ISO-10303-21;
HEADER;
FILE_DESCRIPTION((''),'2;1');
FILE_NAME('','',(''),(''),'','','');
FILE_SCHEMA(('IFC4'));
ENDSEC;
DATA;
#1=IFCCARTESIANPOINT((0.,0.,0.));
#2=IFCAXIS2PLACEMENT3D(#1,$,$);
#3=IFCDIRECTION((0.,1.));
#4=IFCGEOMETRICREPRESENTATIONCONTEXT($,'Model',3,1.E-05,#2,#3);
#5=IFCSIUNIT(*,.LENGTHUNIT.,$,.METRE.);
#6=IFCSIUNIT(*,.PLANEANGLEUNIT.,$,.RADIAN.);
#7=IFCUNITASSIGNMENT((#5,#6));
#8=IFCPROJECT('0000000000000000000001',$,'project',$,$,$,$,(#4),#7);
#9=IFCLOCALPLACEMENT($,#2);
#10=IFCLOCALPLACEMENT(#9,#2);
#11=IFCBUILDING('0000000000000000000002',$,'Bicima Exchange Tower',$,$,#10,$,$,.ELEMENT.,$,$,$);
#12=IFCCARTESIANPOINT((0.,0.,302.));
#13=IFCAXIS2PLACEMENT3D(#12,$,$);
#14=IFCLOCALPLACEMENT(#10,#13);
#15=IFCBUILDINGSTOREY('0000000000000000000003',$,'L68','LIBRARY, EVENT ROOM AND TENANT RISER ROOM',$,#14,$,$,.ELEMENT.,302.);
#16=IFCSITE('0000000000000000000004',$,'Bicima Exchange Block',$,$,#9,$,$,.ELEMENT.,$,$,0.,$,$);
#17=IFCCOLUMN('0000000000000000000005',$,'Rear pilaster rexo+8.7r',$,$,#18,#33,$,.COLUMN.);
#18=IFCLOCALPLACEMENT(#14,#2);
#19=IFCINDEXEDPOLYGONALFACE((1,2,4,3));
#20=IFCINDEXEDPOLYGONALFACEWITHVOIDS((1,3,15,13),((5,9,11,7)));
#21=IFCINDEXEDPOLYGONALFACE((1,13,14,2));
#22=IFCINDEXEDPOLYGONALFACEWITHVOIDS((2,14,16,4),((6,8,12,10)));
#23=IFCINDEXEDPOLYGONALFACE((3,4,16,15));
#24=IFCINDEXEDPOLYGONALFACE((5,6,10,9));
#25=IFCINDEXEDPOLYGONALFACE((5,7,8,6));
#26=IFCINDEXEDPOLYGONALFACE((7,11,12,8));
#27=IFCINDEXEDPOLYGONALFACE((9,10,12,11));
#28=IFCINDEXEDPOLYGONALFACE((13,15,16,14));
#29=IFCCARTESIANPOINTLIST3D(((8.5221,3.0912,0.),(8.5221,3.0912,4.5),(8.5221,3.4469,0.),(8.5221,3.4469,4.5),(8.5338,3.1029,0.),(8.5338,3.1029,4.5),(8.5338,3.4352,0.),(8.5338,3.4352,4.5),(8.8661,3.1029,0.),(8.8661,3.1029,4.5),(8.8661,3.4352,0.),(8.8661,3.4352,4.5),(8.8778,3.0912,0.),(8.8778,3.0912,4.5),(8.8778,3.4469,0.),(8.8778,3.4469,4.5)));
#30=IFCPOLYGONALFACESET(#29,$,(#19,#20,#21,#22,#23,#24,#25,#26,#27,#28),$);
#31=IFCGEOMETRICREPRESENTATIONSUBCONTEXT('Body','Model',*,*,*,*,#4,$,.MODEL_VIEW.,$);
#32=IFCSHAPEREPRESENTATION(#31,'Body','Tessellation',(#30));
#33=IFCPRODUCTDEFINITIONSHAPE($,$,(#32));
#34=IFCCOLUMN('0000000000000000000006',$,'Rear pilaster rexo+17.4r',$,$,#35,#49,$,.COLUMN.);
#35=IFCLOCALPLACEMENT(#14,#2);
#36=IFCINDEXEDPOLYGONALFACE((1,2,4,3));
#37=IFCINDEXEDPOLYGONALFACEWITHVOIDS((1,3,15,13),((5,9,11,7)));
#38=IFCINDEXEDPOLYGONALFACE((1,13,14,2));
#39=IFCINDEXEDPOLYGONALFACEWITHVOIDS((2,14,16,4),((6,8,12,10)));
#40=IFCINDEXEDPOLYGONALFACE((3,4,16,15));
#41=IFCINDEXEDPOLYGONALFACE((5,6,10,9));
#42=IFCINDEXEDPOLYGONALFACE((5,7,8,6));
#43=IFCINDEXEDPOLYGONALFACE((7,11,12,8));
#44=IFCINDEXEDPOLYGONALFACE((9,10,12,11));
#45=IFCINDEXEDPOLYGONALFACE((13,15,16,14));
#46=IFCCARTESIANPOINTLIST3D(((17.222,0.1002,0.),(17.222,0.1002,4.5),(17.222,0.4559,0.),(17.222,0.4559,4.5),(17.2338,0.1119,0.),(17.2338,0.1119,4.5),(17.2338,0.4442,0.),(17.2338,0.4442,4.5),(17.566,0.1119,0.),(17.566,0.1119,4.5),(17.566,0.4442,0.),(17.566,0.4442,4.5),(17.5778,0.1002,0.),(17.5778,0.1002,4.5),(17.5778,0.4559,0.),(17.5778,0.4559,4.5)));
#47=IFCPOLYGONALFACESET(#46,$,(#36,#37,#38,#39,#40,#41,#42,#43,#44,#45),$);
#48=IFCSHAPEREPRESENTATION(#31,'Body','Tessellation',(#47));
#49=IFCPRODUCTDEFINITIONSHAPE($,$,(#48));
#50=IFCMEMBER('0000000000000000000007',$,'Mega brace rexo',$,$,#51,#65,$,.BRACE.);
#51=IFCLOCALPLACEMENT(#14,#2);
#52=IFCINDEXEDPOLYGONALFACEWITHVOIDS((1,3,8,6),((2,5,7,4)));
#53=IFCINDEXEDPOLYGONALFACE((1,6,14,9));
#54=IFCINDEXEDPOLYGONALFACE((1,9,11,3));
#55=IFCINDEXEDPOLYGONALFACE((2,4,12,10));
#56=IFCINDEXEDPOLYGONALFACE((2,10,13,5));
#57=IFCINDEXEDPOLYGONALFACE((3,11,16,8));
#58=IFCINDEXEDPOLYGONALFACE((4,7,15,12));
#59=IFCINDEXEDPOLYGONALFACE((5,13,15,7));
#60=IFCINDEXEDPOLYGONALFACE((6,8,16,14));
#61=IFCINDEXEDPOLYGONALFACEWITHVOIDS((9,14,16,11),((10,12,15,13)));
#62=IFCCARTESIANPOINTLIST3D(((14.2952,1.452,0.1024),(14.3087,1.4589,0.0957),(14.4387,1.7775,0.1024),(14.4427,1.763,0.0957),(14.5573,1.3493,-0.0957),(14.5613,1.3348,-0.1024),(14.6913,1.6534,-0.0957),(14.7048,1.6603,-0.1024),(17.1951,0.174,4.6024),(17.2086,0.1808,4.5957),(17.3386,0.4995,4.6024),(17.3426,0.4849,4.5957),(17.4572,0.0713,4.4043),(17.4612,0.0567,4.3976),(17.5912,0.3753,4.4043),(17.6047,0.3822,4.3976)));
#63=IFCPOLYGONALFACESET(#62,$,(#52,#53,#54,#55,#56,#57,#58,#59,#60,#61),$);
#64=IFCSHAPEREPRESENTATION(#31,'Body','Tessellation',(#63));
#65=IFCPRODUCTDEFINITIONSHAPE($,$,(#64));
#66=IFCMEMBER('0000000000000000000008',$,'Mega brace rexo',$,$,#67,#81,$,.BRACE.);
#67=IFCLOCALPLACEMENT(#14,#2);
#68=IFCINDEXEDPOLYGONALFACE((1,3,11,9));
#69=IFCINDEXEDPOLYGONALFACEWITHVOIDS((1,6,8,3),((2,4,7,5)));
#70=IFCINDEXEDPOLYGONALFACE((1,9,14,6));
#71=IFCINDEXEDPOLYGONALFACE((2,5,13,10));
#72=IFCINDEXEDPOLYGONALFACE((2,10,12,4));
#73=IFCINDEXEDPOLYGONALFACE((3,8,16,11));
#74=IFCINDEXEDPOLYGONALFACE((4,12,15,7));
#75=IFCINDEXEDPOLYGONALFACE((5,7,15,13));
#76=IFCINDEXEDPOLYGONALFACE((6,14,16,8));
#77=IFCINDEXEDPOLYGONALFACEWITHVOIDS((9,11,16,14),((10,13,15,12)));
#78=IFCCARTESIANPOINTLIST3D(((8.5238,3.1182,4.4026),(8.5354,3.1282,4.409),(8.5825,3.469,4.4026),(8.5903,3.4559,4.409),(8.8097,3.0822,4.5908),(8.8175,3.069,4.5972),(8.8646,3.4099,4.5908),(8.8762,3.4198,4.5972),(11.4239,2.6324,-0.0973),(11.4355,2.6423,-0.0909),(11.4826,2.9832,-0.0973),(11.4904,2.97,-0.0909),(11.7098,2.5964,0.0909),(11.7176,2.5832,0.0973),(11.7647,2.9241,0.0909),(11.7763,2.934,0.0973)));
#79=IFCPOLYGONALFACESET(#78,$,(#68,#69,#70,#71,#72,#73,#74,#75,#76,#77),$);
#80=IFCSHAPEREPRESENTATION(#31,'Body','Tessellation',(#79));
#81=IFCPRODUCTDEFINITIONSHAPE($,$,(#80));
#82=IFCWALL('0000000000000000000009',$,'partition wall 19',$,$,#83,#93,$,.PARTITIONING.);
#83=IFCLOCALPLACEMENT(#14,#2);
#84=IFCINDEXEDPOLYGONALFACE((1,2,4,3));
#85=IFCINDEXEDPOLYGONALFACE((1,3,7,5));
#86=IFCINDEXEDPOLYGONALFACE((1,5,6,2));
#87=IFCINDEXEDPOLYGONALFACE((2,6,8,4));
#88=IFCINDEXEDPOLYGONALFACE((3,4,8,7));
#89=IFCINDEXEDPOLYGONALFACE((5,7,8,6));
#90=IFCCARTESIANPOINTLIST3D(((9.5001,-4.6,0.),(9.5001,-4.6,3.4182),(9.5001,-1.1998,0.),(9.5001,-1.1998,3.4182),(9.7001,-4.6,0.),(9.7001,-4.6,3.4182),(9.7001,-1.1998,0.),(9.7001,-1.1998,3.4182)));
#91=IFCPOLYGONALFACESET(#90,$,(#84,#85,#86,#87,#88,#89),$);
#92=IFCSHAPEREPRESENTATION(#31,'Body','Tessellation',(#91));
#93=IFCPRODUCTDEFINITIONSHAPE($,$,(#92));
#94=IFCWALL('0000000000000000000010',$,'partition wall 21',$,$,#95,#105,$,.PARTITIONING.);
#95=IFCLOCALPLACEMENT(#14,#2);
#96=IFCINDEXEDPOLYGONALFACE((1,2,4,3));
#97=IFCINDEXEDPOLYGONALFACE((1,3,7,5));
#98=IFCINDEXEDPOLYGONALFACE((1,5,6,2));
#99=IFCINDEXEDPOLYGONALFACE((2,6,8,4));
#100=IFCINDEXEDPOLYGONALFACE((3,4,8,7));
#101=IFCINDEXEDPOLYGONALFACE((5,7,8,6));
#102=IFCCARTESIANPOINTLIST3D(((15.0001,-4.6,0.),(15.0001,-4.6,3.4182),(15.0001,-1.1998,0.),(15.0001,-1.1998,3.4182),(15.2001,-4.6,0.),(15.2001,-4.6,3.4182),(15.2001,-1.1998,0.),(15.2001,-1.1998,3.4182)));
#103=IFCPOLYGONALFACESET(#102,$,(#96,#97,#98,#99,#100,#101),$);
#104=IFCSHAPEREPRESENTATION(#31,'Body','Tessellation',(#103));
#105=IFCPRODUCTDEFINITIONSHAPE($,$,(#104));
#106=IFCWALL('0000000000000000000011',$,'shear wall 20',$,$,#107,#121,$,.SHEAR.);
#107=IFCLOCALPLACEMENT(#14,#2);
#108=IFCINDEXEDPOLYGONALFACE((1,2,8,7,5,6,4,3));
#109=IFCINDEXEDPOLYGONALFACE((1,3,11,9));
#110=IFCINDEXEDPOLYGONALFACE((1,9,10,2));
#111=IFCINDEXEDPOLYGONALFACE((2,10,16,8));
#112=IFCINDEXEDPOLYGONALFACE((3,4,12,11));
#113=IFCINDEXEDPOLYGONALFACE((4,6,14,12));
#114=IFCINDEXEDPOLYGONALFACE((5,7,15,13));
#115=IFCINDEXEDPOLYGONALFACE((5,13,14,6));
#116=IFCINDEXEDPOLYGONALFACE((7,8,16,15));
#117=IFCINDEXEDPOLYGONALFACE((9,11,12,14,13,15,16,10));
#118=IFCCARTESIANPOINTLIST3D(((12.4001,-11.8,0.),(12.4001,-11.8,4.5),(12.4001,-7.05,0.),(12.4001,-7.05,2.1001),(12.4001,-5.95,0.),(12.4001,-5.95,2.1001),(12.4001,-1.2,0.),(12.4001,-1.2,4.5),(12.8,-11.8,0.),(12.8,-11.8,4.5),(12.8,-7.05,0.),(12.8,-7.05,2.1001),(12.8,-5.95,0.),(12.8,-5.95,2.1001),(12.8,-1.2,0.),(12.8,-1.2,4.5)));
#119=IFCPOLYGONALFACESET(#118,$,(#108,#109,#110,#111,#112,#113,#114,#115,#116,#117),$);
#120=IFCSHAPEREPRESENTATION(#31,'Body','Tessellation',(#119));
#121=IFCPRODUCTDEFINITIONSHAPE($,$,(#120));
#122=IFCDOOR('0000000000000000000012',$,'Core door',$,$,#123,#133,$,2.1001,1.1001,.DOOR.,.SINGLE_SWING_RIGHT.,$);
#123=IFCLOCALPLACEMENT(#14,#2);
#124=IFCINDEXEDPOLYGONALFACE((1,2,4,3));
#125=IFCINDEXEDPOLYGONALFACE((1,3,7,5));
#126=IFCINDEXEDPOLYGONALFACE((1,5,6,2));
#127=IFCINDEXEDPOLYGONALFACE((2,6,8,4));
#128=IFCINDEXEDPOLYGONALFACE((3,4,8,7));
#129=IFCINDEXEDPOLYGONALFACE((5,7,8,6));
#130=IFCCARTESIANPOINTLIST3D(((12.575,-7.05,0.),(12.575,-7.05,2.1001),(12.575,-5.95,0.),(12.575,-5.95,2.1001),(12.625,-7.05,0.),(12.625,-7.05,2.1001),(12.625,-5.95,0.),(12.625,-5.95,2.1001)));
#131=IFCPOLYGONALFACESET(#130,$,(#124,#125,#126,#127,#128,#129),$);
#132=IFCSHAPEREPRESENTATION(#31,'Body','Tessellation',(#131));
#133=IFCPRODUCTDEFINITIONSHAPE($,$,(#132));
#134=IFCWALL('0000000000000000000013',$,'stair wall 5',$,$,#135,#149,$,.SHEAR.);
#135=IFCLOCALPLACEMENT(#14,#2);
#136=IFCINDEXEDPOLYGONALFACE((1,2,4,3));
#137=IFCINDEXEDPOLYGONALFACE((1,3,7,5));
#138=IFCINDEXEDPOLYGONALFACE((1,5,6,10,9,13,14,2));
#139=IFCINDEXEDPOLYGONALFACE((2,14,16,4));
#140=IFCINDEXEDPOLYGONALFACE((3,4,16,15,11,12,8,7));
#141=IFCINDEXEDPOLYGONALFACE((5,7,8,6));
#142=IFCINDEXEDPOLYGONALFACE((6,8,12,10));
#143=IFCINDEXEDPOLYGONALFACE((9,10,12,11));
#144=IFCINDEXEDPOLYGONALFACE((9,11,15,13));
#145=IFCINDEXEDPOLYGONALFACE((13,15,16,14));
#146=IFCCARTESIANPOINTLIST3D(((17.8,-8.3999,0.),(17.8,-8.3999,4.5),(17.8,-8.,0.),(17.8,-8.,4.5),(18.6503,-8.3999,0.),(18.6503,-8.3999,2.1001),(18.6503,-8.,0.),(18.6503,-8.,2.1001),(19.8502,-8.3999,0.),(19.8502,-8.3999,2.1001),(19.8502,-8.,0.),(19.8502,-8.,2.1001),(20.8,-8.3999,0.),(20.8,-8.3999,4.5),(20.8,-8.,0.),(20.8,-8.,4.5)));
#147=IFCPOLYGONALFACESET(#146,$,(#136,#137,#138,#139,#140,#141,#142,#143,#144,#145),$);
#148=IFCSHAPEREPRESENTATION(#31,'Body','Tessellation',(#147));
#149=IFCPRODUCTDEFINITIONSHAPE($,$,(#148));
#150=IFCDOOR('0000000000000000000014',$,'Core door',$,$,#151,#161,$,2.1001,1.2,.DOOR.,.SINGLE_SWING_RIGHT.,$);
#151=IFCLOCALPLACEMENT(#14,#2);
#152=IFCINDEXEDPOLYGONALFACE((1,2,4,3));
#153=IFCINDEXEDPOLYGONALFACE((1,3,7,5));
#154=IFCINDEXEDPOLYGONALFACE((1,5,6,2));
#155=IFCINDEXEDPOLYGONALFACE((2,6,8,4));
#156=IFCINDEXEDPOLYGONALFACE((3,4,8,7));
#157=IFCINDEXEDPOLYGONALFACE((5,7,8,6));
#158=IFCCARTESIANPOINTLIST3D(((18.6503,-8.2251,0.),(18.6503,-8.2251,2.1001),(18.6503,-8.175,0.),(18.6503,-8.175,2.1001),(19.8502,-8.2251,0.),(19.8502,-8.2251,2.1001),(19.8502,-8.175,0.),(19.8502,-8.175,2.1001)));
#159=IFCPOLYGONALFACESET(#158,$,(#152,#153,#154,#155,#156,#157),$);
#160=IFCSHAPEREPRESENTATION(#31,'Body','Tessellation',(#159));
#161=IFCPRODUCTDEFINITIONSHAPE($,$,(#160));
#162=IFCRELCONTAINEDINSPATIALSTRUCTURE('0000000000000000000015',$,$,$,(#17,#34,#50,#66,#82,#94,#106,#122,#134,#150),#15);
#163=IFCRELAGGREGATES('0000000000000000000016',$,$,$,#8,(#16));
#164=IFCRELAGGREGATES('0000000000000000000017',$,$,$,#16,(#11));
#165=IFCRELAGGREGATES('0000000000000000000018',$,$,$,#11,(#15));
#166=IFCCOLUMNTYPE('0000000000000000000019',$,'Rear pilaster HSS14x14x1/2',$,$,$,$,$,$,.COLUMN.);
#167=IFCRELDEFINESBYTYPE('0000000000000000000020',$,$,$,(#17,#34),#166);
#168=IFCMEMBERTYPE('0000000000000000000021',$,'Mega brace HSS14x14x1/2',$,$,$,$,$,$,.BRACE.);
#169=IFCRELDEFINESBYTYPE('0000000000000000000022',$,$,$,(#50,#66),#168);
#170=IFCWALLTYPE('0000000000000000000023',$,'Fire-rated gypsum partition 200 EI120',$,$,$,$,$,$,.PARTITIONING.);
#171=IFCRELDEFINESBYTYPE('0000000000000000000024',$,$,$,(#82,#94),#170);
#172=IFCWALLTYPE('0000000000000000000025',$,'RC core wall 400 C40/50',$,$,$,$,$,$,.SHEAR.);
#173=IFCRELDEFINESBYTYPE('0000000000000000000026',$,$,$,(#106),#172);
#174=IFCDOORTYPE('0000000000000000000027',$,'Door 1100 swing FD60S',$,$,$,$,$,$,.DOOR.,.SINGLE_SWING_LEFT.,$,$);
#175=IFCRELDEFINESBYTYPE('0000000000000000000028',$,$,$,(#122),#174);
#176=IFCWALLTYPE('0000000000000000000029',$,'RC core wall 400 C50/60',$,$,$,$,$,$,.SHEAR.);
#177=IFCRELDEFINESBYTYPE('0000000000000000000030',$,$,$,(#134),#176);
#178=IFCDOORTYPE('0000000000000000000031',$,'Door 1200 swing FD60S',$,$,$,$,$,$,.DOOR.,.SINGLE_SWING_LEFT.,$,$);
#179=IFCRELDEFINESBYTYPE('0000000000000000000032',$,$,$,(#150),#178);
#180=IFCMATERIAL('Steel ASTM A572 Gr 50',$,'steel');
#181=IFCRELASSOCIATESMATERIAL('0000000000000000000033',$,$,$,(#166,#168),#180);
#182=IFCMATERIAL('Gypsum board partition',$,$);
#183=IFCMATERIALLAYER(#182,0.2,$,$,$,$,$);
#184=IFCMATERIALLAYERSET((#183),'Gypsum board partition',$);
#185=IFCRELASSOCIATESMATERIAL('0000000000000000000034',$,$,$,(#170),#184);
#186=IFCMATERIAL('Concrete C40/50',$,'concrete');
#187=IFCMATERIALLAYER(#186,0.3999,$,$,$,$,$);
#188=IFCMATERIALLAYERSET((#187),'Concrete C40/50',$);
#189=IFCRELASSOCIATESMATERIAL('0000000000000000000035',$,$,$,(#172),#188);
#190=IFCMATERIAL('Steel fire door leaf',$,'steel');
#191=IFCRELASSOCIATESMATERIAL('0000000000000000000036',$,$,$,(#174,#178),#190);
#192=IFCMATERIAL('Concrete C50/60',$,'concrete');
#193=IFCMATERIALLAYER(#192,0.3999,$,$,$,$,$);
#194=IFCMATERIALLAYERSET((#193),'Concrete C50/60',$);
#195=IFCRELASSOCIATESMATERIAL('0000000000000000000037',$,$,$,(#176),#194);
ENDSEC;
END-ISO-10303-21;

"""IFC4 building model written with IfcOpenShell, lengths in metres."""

from ifc_helpers import new_model, si_unit, direction, frame, frame_2d, origin, origin_2d, place, context, subcontext, project, spatial, rectangle, hollow_rectangle, extrude, material, layer, layer_set, material_profile, profile_set, type_object, element, fill, save


model = new_model("IFC4")

# Units and contexts
model_context = context("Model", 3, precision=1e-05, world=origin(), true_north=direction((0.0, 1.0)))
body_context = subcontext(model_context, "Body", "Model", "MODEL_VIEW")
ifc_project = project(units=[si_unit("LENGTHUNIT", "METRE"), si_unit("PLANEANGLEUNIT", "RADIAN")], contexts=[model_context])

# Site, building, storey
site_placement = place(None, origin())
site = spatial("IfcSite", under=ifc_project, at=site_placement, Name="Bicima Exchange Block", CompositionType="ELEMENT", RefElevation=0.0)
building_placement = place(site_placement, origin())
building = spatial("IfcBuilding", under=site, at=building_placement, Name="Bicima Exchange Tower", CompositionType="ELEMENT")
storey_placement = place(building_placement, frame((0.0, 0.0, 302.0)))
storey = spatial("IfcBuildingStorey", under=building, at=storey_placement, Name="L68", Description="LIBRARY, EVENT ROOM AND TENANT RISER ROOM", CompositionType="ELEMENT", Elevation=302.0)

# Columns
ifc_material_1 = material(Name="Steel ASTM A572 Gr 50", Category="steel")
ifc_material_profile = material_profile(ifc_material_1, hollow_rectangle(XDim=0.3557, YDim=0.3557, WallThickness=0.0117, at=origin_2d()))
ifc_profile_set = profile_set([ifc_material_profile], Name="Steel ASTM A572 Gr 50")
column_type = type_object("IfcColumnType", Name="Rear pilaster HSS14x14x1/2", PredefinedType="COLUMN", material=ifc_profile_set)
for number, where, z_axis, x_axis, name in (
    (1, (8.7, 3.269, 0.0), (0.0, 0.0, 1.0), (1.0, 0.0, 0.0), "Rear pilaster rexo+8.7r"),
    (2, (17.3999, 0.2781, 0.0), (0.0, 0.0, 1.0), (1.0, 0.0, 0.0), "Rear pilaster rexo+17.4r"),
):
    element("IfcColumn", number, at=place(storey_placement, frame(where, z_axis=z_axis, x_axis=x_axis)), inside=storey, type_object=column_type, Name=name, PredefinedType="COLUMN", context=body_context, shape_type="SweptSolid", body=[
        extrude(hollow_rectangle(XDim=0.3557, YDim=0.3557, WallThickness=0.0117, at=origin_2d()), origin(), (0.0, 0.0, 1.0), 4.5),
    ])

# Members
member_type = type_object("IfcMemberType", Name="Mega brace HSS14x14x1/2", PredefinedType="BRACE", material=ifc_profile_set)
member_1_placement = place(storey_placement, frame((14.5, 1.5562, 0.0), z_axis=(0.526881, -0.232213, 0.817602), x_axis=(0.403299, 0.915068, 0.0)))
element("IfcMember", 3, at=member_1_placement, inside=storey, type_object=member_type, Name="Mega brace rexo", PredefinedType="BRACE", context=body_context, shape_type="SweptSolid", body=[
    extrude(hollow_rectangle(XDim=0.3557, YDim=0.3557, WallThickness=0.0117, at=origin_2d()), origin(), (0.0, 0.0, 1.0), 5.5039),
])
member_2_placement = place(storey_placement, frame((11.6001, 2.7832, 0.0), z_axis=(-0.539504, 0.090379, 0.837119), x_axis=(-0.16522, -0.986257, 0.0)))
element("IfcMember", 4, at=member_2_placement, inside=storey, type_object=member_type, Name="Mega brace rexo", PredefinedType="BRACE", context=body_context, shape_type="SweptSolid", body=[
    extrude(hollow_rectangle(XDim=0.3557, YDim=0.3557, WallThickness=0.0117, at=origin_2d()), origin(), (0.0, 0.0, 1.0), 5.3755),
])

# Walls
ifc_material_2 = material(Name="Gypsum board partition")
ifc_layer_1 = layer(ifc_material_2, 0.2)
ifc_layer_set_1 = layer_set([ifc_layer_1], Name="Gypsum board partition")
wall_type_1 = type_object("IfcWallType", Name="Fire-rated gypsum partition 200 EI120", PredefinedType="PARTITIONING", material=ifc_layer_set_1)
for number, where, z_axis, x_axis, name in (
    (5, (9.6001, -4.6001, 0.0), (0.0, 0.0, 1.0), (0.0, 1.0, 0.0), "partition wall 19"),
    (6, (15.1001, -4.6001, 0.0), (0.0, 0.0, 1.0), (0.0, 1.0, 0.0), "partition wall 21"),
):
    element("IfcWall", number, at=place(storey_placement, frame(where, z_axis=z_axis, x_axis=x_axis)), inside=storey, type_object=wall_type_1, Name=name, PredefinedType="PARTITIONING", context=body_context, shape_type="SweptSolid", body=[
        extrude(rectangle(XDim=3.4001, YDim=0.2, at=frame_2d((1.7002, 0.0))), origin(), (0.0, 0.0, 1.0), 3.4182),
    ])

# Walls, openings, doors
ifc_material_3 = material(Name="Concrete C40/50", Category="concrete")
ifc_layer_2 = layer(ifc_material_3, 0.3999)
ifc_layer_set_2 = layer_set([ifc_layer_2], Name="Concrete C40/50")
wall_type_2 = type_object("IfcWallType", Name="RC core wall 400 C40/50", PredefinedType="SHEAR", material=ifc_layer_set_2)
wall_1_placement = place(storey_placement, frame((12.6001, -11.8, 0.0), z_axis=(0.0, 0.0, 1.0), x_axis=(0.0, 1.0, 0.0)))
wall_1 = element("IfcWall", 7, at=wall_1_placement, inside=storey, type_object=wall_type_2, Name="shear wall 20", PredefinedType="SHEAR", context=body_context, shape_type="SweptSolid", body=[
    extrude(rectangle(XDim=10.6001, YDim=0.3999, at=frame_2d((5.3, 0.0))), origin(), (0.0, 0.0, 1.0), 4.5),
])
opening_1_placement = place(wall_1_placement, frame((4.75, 0.0, 0.0)))
opening_1 = element("IfcOpeningElement", 8, at=opening_1_placement, cuts=wall_1, PredefinedType="OPENING", context=body_context, shape_type="SweptSolid", body=[
    extrude(rectangle(XDim=1.1001, YDim=2.1001, at=frame_2d((0.55, 1.05))), frame((0.0, 0.2119, 0.0), z_axis=(0.0, -1.0, 0.0), x_axis=(1.0, 0.0, 0.0)), (0.0, 0.0, 1.0), 0.4238),
])
ifc_material_4 = material(Name="Steel fire door leaf", Category="steel")
door_type_1 = type_object("IfcDoorType", Name="Door 1100 swing FD60S", OperationType="SINGLE_SWING_LEFT", PredefinedType="DOOR", material=ifc_material_4)
door_1_placement = place(opening_1_placement, frame((1.1001, 0.0, 0.0), z_axis=(0.0, 0.0, 1.0), x_axis=(-1.0, 0.0, 0.0)))
door_1 = element("IfcDoor", 9, at=door_1_placement, inside=storey, type_object=door_type_1, Name="Core door", OperationType="SINGLE_SWING_RIGHT", OverallHeight=2.1001, OverallWidth=1.1001, PredefinedType="DOOR", context=body_context, shape_type="SweptSolid", body=[
    extrude(rectangle(XDim=1.1001, YDim=2.1001, at=frame_2d((0.55, 1.05))), frame((0.0, 0.0249, 0.0), z_axis=(0.0, -1.0, 0.0), x_axis=(1.0, 0.0, 0.0)), (0.0, 0.0, 1.0), 0.05),
])
fill(opening_1, door_1)
ifc_material_5 = material(Name="Concrete C50/60", Category="concrete")
ifc_layer_3 = layer(ifc_material_5, 0.3999)
ifc_layer_set_3 = layer_set([ifc_layer_3], Name="Concrete C50/60")
wall_type_3 = type_object("IfcWallType", Name="RC core wall 400 C50/60", PredefinedType="SHEAR", material=ifc_layer_set_3)
wall_2_placement = place(storey_placement, frame((17.8, -8.2, 0.0), z_axis=(0.0, 0.0, 1.0), x_axis=(1.0, 0.0, 0.0)))
wall_2 = element("IfcWall", 10, at=wall_2_placement, inside=storey, type_object=wall_type_3, Name="stair wall 5", PredefinedType="SHEAR", context=body_context, shape_type="SweptSolid", body=[
    extrude(rectangle(XDim=3.0, YDim=0.3999, at=frame_2d((1.5, 0.0))), origin(), (0.0, 0.0, 1.0), 4.5),
])
opening_2_placement = place(wall_2_placement, frame((0.8501, 0.0, 0.0)))
opening_2 = element("IfcOpeningElement", 11, at=opening_2_placement, cuts=wall_2, PredefinedType="OPENING", context=body_context, shape_type="SweptSolid", body=[
    extrude(rectangle(XDim=1.2, YDim=2.1001, at=frame_2d((0.6001, 1.05))), frame((0.0, 0.2119, 0.0), z_axis=(0.0, -1.0, 0.0), x_axis=(1.0, 0.0, 0.0)), (0.0, 0.0, 1.0), 0.4238),
])
door_type_2 = type_object("IfcDoorType", Name="Door 1200 swing FD60S", OperationType="SINGLE_SWING_LEFT", PredefinedType="DOOR", material=ifc_material_4)
door_2_placement = place(opening_2_placement, origin())
door_2 = element("IfcDoor", 12, at=door_2_placement, inside=storey, type_object=door_type_2, Name="Core door", OperationType="SINGLE_SWING_RIGHT", OverallHeight=2.1001, OverallWidth=1.2, PredefinedType="DOOR", context=body_context, shape_type="SweptSolid", body=[
    extrude(rectangle(XDim=1.2, YDim=2.1001, at=frame_2d((0.6001, 1.05))), frame((0.0, 0.0249, 0.0), z_axis=(0.0, -1.0, 0.0), x_axis=(1.0, 0.0, 0.0)), (0.0, 0.0, 1.0), 0.05),
])
fill(opening_2, door_2)

save(model, "model.ifc")
